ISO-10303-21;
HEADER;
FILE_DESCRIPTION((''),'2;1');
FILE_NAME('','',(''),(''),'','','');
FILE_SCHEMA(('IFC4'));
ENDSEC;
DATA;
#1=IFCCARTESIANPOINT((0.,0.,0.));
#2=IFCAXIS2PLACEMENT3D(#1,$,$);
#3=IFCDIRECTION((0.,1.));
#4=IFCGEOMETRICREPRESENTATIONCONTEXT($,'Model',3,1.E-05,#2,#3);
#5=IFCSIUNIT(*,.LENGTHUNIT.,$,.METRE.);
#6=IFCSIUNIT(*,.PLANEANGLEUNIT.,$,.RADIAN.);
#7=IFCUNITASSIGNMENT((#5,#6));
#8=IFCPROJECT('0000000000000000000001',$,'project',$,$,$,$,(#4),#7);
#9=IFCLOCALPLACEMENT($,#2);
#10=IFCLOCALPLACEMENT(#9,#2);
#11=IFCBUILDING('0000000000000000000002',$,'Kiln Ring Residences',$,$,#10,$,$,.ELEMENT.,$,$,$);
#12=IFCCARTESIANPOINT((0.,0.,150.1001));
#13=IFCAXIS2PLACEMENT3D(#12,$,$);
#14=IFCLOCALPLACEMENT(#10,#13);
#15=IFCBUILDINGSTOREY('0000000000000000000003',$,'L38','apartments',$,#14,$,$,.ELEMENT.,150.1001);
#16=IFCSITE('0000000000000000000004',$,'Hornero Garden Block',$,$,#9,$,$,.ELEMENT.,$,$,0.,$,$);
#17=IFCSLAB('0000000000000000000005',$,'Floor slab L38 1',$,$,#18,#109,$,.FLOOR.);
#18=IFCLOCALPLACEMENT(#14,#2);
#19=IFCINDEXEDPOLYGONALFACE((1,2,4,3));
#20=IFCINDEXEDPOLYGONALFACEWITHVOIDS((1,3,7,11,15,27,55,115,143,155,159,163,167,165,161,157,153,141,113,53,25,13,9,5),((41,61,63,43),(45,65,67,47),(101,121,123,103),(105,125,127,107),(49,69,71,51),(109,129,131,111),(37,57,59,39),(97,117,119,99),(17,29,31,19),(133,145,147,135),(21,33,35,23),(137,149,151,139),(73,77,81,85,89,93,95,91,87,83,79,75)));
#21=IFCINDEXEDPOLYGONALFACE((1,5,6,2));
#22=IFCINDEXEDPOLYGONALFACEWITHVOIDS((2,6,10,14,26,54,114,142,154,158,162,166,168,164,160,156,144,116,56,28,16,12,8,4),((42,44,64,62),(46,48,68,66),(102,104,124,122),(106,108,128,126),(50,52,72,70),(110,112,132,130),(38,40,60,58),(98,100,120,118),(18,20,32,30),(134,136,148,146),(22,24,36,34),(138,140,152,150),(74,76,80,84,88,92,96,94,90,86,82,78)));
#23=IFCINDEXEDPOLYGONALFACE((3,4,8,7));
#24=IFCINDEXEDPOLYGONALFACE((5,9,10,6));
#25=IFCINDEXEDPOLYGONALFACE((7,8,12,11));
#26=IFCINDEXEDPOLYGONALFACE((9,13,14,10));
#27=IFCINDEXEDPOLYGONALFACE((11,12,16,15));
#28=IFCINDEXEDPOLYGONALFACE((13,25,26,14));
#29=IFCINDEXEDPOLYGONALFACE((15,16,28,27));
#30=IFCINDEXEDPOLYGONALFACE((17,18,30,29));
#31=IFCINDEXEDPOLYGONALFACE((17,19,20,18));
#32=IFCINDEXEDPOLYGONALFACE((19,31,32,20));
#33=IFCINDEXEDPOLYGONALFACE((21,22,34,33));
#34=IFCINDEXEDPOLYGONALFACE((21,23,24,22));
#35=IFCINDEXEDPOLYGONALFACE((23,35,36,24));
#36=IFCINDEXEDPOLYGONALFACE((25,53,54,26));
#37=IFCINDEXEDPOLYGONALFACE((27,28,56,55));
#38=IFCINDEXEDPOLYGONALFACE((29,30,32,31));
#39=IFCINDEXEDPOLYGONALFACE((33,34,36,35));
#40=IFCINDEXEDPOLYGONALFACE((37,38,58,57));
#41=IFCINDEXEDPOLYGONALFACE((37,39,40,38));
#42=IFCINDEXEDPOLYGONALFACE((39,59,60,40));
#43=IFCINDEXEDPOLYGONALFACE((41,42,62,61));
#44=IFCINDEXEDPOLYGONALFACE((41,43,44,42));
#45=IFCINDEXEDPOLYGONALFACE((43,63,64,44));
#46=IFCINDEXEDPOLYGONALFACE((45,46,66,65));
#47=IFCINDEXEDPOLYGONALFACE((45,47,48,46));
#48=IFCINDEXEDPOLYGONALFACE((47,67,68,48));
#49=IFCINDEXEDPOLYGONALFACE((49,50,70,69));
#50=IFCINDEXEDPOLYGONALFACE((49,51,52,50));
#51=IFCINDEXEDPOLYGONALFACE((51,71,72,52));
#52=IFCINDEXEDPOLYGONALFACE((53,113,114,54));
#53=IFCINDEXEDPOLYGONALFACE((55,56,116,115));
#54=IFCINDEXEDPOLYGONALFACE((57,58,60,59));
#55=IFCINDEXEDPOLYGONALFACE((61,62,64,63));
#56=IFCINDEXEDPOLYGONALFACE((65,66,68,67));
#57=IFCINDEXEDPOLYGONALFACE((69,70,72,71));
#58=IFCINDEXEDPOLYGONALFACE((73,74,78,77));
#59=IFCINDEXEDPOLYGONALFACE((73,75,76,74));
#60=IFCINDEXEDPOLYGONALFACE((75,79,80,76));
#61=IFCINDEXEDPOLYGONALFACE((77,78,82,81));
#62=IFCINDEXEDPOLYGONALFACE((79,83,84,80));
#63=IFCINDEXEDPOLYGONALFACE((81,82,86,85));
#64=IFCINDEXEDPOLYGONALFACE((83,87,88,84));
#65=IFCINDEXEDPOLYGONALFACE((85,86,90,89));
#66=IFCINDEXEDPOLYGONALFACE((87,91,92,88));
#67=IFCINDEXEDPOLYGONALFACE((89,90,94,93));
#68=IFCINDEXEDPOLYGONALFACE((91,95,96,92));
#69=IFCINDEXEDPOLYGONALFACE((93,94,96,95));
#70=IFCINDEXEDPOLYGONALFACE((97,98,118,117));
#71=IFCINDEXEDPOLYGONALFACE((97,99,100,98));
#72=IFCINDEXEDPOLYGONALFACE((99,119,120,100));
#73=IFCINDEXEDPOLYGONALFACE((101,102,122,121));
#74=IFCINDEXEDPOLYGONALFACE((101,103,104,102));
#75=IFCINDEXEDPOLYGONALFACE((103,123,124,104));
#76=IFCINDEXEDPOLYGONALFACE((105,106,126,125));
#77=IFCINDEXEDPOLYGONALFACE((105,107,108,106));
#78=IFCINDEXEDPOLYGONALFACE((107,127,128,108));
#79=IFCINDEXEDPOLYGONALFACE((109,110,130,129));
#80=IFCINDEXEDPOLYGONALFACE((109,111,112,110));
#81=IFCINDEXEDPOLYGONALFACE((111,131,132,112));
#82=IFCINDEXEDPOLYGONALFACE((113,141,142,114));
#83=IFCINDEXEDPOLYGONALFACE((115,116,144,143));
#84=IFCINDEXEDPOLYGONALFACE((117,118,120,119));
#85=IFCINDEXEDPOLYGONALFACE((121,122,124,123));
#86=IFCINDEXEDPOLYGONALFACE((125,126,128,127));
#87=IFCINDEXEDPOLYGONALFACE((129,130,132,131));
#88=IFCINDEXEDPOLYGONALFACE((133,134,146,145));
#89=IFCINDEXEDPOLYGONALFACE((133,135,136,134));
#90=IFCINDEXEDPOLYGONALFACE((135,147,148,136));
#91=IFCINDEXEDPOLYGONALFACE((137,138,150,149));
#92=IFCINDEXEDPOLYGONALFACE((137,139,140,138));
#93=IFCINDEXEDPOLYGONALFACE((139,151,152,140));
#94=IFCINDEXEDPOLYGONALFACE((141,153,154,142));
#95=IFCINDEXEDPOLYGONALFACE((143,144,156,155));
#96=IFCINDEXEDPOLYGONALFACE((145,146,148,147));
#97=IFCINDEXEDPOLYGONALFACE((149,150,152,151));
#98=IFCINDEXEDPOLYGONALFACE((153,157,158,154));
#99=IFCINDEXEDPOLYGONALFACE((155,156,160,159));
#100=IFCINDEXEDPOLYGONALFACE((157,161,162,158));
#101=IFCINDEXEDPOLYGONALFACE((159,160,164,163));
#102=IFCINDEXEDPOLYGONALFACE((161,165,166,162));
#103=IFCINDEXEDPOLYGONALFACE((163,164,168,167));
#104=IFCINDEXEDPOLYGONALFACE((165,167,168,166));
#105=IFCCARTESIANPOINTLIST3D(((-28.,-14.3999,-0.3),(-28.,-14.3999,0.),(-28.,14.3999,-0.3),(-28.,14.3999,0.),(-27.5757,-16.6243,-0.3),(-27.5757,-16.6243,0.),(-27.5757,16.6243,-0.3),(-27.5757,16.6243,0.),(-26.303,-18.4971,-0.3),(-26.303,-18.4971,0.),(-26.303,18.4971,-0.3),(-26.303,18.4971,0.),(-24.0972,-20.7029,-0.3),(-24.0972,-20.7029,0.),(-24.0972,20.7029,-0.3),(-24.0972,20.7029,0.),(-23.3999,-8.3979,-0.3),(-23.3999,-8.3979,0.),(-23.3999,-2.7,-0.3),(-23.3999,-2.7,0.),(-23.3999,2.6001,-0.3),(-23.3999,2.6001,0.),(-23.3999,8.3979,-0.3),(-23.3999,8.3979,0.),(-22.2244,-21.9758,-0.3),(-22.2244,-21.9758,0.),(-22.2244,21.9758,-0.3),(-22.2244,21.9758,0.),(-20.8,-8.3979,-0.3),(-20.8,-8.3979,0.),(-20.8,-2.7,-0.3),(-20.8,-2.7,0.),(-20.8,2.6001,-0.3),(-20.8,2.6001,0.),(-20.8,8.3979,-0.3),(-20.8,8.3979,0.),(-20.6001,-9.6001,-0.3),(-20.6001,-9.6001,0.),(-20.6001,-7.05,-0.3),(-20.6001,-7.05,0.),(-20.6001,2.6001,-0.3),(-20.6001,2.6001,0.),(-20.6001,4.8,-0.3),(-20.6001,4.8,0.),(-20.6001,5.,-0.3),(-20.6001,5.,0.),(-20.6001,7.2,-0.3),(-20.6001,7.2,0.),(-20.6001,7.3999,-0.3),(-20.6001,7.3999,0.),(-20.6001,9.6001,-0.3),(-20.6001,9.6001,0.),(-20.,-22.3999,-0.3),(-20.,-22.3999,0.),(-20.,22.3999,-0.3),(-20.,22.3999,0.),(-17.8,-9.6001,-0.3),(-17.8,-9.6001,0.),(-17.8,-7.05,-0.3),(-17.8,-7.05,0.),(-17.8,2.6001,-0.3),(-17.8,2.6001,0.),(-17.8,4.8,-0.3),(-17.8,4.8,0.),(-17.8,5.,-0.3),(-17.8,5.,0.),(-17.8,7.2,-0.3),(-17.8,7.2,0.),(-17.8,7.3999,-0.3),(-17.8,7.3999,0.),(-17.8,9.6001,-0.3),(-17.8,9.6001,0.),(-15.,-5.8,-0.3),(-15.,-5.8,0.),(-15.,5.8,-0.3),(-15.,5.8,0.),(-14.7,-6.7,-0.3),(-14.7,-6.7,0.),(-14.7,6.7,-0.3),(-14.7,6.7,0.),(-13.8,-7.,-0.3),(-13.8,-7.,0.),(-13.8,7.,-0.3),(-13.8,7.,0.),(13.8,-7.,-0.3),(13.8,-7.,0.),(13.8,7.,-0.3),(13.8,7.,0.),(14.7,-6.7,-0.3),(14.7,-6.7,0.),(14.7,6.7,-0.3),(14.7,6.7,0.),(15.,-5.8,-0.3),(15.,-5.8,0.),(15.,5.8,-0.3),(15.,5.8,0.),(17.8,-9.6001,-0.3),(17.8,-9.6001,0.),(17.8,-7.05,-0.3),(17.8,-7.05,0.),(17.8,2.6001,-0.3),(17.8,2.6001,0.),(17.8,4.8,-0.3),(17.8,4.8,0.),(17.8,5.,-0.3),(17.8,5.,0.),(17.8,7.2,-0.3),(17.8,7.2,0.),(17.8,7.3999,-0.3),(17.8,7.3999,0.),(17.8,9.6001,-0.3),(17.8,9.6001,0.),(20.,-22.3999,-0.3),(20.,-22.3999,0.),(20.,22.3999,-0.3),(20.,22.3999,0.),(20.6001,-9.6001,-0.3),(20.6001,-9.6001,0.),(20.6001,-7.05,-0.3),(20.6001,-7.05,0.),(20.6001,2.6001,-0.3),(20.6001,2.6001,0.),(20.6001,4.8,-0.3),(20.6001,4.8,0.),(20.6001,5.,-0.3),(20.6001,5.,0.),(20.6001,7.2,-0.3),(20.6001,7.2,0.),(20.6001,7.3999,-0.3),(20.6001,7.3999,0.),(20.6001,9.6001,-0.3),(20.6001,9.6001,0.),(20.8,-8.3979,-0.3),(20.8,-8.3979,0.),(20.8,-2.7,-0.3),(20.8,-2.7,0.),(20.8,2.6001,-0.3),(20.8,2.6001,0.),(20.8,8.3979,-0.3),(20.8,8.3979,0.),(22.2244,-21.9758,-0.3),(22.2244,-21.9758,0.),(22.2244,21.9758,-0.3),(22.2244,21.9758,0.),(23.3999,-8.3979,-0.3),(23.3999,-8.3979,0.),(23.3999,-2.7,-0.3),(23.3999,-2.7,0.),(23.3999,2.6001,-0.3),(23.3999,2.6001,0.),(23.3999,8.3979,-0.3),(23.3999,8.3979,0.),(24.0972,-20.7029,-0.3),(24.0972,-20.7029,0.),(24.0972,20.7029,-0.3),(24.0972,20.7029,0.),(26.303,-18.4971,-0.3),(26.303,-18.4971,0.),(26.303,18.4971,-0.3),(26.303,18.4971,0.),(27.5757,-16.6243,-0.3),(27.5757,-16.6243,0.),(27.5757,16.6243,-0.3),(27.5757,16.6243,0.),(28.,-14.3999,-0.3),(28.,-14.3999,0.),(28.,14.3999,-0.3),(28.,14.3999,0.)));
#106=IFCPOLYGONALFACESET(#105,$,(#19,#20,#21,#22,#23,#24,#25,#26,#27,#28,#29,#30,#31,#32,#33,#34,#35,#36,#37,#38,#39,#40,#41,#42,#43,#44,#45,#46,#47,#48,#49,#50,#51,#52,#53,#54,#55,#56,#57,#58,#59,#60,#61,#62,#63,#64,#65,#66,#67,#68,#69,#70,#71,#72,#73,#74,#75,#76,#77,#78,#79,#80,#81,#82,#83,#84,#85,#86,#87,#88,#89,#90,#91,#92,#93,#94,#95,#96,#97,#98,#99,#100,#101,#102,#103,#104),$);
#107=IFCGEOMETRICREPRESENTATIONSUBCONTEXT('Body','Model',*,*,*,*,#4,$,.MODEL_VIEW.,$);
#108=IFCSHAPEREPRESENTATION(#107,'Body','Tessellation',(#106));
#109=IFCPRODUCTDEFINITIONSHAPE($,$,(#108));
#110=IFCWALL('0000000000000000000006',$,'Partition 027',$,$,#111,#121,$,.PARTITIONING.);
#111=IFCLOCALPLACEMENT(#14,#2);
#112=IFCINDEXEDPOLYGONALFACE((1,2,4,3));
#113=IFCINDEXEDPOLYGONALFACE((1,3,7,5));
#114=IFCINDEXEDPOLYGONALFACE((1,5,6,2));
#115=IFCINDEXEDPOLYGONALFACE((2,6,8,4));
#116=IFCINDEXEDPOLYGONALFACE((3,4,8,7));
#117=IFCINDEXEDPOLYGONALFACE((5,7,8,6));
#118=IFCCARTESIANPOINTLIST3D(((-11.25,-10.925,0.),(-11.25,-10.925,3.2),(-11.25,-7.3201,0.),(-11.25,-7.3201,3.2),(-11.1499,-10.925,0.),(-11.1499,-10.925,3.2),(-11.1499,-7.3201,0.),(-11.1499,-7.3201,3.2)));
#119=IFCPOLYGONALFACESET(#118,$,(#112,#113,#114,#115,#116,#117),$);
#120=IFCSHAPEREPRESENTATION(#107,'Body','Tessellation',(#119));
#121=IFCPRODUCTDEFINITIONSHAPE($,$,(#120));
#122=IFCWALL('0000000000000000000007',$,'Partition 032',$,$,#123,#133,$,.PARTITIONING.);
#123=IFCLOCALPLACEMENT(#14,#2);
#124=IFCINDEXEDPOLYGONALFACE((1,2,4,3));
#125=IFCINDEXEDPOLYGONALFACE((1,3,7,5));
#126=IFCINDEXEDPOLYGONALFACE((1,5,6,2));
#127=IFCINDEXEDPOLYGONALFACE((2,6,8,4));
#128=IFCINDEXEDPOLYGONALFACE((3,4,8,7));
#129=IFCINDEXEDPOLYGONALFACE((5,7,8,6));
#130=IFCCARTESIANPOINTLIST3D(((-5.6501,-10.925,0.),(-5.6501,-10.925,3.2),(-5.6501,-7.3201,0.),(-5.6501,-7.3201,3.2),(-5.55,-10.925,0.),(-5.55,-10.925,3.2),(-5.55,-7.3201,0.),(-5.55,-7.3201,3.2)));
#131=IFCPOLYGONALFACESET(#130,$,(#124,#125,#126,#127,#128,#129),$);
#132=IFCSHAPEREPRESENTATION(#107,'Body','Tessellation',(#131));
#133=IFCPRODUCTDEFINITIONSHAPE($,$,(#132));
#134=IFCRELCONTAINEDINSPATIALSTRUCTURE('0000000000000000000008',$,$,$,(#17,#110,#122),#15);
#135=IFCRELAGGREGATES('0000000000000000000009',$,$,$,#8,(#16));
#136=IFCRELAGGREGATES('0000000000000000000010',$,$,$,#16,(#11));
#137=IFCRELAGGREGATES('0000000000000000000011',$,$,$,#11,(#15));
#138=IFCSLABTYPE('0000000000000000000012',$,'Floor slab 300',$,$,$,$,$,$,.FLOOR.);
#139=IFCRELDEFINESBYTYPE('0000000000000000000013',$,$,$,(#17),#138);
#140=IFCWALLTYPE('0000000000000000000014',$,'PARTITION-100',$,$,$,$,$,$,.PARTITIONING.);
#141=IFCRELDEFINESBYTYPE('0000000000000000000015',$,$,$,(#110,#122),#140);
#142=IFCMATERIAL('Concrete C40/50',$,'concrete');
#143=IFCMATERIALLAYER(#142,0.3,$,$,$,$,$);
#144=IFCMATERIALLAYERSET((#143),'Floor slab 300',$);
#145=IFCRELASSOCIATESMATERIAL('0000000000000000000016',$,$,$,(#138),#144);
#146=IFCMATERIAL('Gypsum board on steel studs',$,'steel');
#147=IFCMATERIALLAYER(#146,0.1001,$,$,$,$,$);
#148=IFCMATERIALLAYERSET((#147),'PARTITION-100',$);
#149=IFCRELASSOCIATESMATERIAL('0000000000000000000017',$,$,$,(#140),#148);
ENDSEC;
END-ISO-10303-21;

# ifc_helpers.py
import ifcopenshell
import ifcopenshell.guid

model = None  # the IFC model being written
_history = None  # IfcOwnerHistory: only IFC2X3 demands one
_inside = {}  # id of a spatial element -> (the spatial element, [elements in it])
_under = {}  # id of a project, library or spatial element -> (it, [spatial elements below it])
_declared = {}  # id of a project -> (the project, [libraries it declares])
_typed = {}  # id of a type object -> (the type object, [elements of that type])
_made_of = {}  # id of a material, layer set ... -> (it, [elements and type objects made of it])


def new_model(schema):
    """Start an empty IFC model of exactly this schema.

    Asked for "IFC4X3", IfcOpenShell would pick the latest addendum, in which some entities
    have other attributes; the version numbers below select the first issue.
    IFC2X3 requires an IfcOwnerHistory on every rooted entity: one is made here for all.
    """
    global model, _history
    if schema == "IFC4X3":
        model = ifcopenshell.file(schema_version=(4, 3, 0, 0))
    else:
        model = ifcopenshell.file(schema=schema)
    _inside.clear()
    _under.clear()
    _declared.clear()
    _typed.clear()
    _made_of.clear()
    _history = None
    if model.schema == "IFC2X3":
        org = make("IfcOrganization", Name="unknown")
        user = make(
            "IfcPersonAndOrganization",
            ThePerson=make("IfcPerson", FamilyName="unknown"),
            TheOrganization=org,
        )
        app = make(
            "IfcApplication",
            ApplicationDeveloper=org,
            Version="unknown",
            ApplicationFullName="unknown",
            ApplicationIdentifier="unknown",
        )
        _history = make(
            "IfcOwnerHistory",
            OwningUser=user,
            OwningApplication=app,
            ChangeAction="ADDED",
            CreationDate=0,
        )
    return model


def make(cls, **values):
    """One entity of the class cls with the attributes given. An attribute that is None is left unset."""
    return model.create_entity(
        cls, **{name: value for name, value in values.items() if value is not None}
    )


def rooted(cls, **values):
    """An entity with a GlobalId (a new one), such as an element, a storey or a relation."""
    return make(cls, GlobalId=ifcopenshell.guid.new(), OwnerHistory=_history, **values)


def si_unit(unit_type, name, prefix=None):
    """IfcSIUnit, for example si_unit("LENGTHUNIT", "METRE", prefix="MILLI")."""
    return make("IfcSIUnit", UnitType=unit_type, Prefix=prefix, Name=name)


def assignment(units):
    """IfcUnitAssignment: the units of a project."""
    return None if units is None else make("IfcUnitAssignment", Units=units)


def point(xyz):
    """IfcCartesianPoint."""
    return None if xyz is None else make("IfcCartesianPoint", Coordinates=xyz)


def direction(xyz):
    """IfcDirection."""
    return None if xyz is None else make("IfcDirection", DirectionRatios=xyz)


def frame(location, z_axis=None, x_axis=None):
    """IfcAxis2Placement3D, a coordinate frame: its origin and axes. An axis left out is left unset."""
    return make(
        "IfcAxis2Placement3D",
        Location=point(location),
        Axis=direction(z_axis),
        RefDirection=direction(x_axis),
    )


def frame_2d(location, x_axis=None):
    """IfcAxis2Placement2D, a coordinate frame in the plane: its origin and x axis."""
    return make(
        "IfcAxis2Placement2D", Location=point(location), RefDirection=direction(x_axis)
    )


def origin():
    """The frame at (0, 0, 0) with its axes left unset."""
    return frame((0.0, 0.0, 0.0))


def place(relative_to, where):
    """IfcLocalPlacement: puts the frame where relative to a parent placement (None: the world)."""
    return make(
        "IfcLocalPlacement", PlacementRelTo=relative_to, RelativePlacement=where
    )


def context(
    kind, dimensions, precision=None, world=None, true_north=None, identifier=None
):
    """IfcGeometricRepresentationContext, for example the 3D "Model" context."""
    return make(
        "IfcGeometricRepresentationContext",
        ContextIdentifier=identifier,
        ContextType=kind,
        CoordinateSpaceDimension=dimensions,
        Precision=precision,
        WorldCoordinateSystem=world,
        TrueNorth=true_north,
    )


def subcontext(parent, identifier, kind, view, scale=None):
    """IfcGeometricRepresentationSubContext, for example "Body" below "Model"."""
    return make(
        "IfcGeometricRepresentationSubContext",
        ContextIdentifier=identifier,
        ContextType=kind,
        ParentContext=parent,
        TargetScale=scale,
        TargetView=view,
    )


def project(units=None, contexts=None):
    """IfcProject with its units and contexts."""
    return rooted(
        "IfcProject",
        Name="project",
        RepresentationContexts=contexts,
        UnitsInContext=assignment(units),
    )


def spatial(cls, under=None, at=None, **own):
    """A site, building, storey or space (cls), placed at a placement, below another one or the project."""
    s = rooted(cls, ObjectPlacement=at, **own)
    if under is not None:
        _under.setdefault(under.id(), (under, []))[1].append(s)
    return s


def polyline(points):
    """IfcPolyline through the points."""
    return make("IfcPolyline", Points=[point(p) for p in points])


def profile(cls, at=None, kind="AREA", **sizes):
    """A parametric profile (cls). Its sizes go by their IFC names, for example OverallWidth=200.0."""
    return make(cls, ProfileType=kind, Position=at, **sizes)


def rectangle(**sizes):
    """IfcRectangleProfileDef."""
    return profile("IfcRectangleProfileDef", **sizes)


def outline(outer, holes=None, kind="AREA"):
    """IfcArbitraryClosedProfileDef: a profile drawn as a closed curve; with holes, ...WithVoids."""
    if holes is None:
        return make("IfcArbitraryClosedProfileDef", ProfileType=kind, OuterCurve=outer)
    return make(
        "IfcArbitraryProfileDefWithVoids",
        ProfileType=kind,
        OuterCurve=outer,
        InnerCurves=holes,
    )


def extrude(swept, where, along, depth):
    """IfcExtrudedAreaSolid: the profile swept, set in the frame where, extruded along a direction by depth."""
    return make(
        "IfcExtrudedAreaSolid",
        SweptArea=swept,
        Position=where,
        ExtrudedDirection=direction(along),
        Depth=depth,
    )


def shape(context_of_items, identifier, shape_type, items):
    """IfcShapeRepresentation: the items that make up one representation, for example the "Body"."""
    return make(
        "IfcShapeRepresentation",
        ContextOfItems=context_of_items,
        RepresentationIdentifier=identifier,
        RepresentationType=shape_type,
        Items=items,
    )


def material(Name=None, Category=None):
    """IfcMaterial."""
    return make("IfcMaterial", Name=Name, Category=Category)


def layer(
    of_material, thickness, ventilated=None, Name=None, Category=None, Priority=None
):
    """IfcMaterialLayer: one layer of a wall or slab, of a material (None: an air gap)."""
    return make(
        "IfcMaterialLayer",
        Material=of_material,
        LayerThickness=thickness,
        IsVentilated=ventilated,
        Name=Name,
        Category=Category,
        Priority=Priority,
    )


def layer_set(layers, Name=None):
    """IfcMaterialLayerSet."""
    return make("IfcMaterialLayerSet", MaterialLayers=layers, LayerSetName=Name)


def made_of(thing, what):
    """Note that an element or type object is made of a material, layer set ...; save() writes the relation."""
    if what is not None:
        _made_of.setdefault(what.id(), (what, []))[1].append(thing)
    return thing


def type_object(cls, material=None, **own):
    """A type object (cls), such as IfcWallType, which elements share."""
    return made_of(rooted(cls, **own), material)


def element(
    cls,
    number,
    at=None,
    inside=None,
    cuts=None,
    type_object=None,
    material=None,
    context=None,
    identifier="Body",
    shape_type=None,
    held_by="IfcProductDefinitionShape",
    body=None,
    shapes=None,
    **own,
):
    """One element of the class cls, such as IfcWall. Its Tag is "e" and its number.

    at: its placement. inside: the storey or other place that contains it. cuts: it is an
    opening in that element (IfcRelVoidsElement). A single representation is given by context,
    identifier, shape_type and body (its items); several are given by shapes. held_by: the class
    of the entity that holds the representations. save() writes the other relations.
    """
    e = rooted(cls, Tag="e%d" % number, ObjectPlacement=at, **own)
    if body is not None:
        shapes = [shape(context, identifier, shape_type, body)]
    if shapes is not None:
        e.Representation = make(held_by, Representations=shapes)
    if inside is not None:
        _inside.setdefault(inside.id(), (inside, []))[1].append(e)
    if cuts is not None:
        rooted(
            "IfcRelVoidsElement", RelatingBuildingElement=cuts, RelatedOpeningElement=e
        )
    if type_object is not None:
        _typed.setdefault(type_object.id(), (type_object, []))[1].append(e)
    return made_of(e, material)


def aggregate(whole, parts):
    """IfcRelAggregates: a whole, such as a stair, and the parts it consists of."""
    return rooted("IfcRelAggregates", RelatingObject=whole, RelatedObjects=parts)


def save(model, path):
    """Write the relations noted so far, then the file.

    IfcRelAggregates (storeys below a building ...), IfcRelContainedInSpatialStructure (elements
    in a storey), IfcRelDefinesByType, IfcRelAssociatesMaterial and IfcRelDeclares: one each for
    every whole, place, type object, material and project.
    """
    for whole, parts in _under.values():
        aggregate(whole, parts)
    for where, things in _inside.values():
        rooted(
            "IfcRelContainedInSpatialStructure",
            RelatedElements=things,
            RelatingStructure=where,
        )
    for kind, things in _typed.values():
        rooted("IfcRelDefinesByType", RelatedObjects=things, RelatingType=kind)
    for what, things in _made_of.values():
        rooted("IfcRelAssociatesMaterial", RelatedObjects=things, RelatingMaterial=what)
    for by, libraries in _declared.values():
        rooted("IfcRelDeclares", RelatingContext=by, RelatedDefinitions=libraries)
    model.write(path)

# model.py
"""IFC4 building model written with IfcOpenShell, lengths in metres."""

from ifc_helpers import new_model, si_unit, direction, frame, frame_2d, origin, place, context, subcontext, project, spatial, polyline, rectangle, outline, extrude, material, layer, layer_set, type_object, element, save


model = new_model("IFC4")

# Units and contexts
model_context = context("Model", 3, precision=1e-05, world=origin(), true_north=direction((0.0, 1.0)))
body_context = subcontext(model_context, "Body", "Model", "MODEL_VIEW")
ifc_project = project(units=[si_unit("LENGTHUNIT", "METRE"), si_unit("PLANEANGLEUNIT", "RADIAN")], contexts=[model_context])

# Site, building, storey
site_placement = place(None, origin())
site = spatial("IfcSite", under=ifc_project, at=site_placement, Name="Hornero Garden Block", CompositionType="ELEMENT", RefElevation=0.0)
building_placement = place(site_placement, origin())
building = spatial("IfcBuilding", under=site, at=building_placement, Name="Kiln Ring Residences", CompositionType="ELEMENT")
storey_placement = place(building_placement, frame((0.0, 0.0, 150.1001)))
storey = spatial("IfcBuildingStorey", under=building, at=storey_placement, Name="L38", Description="apartments", CompositionType="ELEMENT", Elevation=150.1001)

# Slab
ifc_material_1 = material(Name="Concrete C40/50", Category="concrete")
ifc_layer_1 = layer(ifc_material_1, 0.3)
ifc_layer_set_1 = layer_set([ifc_layer_1], Name="Floor slab 300")
slab_type = type_object("IfcSlabType", Name="Floor slab 300", PredefinedType="FLOOR", material=ifc_layer_set_1)
slab_placement = place(storey_placement, frame((0.0, 0.0, -0.3)))
element("IfcSlab", 1, at=slab_placement, inside=storey, type_object=slab_type, Name="Floor slab L38 1", PredefinedType="FLOOR", context=body_context, shape_type="SweptSolid", body=[
    extrude(outline(polyline([(-26.303, -18.4971), (-24.0972, -20.7029), (-22.2244, -21.9758), (-20.0, -22.3999), (20.0, -22.3999), (22.2244, -21.9758), (24.0972, -20.7029), (26.303, -18.4971), (27.5757, -16.6243), (28.0, -14.3999), (28.0, 14.3999), (27.5757, 16.6243), (26.303, 18.4971), (24.0972, 20.7029), (22.2244, 21.9758), (20.0, 22.3999), (-20.0, 22.3999), (-22.2244, 21.9758), (-24.0972, 20.7029), (-26.303, 18.4971), (-27.5757, 16.6243), (-28.0, 14.3999), (-28.0, -14.3999), (-27.5757, -16.6243), (-26.303, -18.4971)]), holes=[polyline([(-14.7, -6.7), (-15.0, -5.8), (-15.0, 5.8), (-14.7, 6.7), (-13.8, 7.0), (13.8, 7.0), (14.7, 6.7), (15.0, 5.8), (15.0, -5.8), (14.7, -6.7), (13.8, -7.0), (-13.8, -7.0), (-14.7, -6.7)]), polyline([(20.8, -8.3979), (20.8, -2.7), (23.3999, -2.7), (23.3999, -8.3979), (20.8, -8.3979)]), polyline([(23.3999, 2.6001), (20.8, 2.6001), (20.8, 8.3979), (23.3999, 8.3979), (23.3999, 2.6001)]), polyline([(17.8, 2.6001), (17.8, 4.8), (20.6001, 4.8), (20.6001, 2.6001), (17.8, 2.6001)]), polyline([(17.8, 5.0), (17.8, 7.2), (20.6001, 7.2), (20.6001, 5.0), (17.8, 5.0)]), polyline([(17.8, 7.3999), (17.8, 9.6001), (20.6001, 9.6001), (20.6001, 7.3999), (17.8, 7.3999)]), polyline([(20.6001, -9.6001), (17.8, -9.6001), (17.8, -7.05), (20.6001, -7.05), (20.6001, -9.6001)]), polyline([(-17.8, -7.05), (-17.8, -9.6001), (-20.6001, -9.6001), (-20.6001, -7.05), (-17.8, -7.05)]), polyline([(-17.8, 2.6001), (-20.6001, 2.6001), (-20.6001, 4.8), (-17.8, 4.8), (-17.8, 2.6001)]), polyline([(-17.8, 5.0), (-20.6001, 5.0), (-20.6001, 7.2), (-17.8, 7.2), (-17.8, 5.0)]), polyline([(-17.8, 7.3999), (-20.6001, 7.3999), (-20.6001, 9.6001), (-17.8, 9.6001), (-17.8, 7.3999)]), polyline([(-20.8, -8.3979), (-23.3999, -8.3979), (-23.3999, -2.7), (-20.8, -2.7), (-20.8, -8.3979)]), polyline([(-20.8, 8.3979), (-20.8, 2.6001), (-23.3999, 2.6001), (-23.3999, 8.3979), (-20.8, 8.3979)])]), origin(), (0.0, 0.0, 1.0), 0.3),
])

# Walls
ifc_material_2 = material(Name="Gypsum board on steel studs", Category="steel")
ifc_layer_2 = layer(ifc_material_2, 0.1001)
ifc_layer_set_2 = layer_set([ifc_layer_2], Name="PARTITION-100")
wall_type_1 = type_object("IfcWallType", Name="PARTITION-100", PredefinedType="PARTITIONING", material=ifc_layer_set_2)
for number, where, z_axis, x_axis, name in (
    (2, (-11.2, -10.925, 0.0), (0.0, 0.0, 1.0), (0.0, 1.0, 0.0), "Partition 027"),
    (3, (-5.6001, -10.925, 0.0), (0.0, 0.0, 1.0), (0.0, 1.0, 0.0), "Partition 032"),
):
    element("IfcWall", number, at=place(storey_placement, frame(where, z_axis=z_axis, x_axis=x_axis)), inside=storey, type_object=wall_type_1, Name=name, PredefinedType="PARTITIONING", context=body_context, shape_type="SweptSolid", body=[
        extrude(rectangle(XDim=3.605, YDim=0.1001, at=frame_2d((1.8025, 0.0))), origin(), (0.0, 0.0, 1.0), 3.2),
    ])

save(model, "model.ifc")
